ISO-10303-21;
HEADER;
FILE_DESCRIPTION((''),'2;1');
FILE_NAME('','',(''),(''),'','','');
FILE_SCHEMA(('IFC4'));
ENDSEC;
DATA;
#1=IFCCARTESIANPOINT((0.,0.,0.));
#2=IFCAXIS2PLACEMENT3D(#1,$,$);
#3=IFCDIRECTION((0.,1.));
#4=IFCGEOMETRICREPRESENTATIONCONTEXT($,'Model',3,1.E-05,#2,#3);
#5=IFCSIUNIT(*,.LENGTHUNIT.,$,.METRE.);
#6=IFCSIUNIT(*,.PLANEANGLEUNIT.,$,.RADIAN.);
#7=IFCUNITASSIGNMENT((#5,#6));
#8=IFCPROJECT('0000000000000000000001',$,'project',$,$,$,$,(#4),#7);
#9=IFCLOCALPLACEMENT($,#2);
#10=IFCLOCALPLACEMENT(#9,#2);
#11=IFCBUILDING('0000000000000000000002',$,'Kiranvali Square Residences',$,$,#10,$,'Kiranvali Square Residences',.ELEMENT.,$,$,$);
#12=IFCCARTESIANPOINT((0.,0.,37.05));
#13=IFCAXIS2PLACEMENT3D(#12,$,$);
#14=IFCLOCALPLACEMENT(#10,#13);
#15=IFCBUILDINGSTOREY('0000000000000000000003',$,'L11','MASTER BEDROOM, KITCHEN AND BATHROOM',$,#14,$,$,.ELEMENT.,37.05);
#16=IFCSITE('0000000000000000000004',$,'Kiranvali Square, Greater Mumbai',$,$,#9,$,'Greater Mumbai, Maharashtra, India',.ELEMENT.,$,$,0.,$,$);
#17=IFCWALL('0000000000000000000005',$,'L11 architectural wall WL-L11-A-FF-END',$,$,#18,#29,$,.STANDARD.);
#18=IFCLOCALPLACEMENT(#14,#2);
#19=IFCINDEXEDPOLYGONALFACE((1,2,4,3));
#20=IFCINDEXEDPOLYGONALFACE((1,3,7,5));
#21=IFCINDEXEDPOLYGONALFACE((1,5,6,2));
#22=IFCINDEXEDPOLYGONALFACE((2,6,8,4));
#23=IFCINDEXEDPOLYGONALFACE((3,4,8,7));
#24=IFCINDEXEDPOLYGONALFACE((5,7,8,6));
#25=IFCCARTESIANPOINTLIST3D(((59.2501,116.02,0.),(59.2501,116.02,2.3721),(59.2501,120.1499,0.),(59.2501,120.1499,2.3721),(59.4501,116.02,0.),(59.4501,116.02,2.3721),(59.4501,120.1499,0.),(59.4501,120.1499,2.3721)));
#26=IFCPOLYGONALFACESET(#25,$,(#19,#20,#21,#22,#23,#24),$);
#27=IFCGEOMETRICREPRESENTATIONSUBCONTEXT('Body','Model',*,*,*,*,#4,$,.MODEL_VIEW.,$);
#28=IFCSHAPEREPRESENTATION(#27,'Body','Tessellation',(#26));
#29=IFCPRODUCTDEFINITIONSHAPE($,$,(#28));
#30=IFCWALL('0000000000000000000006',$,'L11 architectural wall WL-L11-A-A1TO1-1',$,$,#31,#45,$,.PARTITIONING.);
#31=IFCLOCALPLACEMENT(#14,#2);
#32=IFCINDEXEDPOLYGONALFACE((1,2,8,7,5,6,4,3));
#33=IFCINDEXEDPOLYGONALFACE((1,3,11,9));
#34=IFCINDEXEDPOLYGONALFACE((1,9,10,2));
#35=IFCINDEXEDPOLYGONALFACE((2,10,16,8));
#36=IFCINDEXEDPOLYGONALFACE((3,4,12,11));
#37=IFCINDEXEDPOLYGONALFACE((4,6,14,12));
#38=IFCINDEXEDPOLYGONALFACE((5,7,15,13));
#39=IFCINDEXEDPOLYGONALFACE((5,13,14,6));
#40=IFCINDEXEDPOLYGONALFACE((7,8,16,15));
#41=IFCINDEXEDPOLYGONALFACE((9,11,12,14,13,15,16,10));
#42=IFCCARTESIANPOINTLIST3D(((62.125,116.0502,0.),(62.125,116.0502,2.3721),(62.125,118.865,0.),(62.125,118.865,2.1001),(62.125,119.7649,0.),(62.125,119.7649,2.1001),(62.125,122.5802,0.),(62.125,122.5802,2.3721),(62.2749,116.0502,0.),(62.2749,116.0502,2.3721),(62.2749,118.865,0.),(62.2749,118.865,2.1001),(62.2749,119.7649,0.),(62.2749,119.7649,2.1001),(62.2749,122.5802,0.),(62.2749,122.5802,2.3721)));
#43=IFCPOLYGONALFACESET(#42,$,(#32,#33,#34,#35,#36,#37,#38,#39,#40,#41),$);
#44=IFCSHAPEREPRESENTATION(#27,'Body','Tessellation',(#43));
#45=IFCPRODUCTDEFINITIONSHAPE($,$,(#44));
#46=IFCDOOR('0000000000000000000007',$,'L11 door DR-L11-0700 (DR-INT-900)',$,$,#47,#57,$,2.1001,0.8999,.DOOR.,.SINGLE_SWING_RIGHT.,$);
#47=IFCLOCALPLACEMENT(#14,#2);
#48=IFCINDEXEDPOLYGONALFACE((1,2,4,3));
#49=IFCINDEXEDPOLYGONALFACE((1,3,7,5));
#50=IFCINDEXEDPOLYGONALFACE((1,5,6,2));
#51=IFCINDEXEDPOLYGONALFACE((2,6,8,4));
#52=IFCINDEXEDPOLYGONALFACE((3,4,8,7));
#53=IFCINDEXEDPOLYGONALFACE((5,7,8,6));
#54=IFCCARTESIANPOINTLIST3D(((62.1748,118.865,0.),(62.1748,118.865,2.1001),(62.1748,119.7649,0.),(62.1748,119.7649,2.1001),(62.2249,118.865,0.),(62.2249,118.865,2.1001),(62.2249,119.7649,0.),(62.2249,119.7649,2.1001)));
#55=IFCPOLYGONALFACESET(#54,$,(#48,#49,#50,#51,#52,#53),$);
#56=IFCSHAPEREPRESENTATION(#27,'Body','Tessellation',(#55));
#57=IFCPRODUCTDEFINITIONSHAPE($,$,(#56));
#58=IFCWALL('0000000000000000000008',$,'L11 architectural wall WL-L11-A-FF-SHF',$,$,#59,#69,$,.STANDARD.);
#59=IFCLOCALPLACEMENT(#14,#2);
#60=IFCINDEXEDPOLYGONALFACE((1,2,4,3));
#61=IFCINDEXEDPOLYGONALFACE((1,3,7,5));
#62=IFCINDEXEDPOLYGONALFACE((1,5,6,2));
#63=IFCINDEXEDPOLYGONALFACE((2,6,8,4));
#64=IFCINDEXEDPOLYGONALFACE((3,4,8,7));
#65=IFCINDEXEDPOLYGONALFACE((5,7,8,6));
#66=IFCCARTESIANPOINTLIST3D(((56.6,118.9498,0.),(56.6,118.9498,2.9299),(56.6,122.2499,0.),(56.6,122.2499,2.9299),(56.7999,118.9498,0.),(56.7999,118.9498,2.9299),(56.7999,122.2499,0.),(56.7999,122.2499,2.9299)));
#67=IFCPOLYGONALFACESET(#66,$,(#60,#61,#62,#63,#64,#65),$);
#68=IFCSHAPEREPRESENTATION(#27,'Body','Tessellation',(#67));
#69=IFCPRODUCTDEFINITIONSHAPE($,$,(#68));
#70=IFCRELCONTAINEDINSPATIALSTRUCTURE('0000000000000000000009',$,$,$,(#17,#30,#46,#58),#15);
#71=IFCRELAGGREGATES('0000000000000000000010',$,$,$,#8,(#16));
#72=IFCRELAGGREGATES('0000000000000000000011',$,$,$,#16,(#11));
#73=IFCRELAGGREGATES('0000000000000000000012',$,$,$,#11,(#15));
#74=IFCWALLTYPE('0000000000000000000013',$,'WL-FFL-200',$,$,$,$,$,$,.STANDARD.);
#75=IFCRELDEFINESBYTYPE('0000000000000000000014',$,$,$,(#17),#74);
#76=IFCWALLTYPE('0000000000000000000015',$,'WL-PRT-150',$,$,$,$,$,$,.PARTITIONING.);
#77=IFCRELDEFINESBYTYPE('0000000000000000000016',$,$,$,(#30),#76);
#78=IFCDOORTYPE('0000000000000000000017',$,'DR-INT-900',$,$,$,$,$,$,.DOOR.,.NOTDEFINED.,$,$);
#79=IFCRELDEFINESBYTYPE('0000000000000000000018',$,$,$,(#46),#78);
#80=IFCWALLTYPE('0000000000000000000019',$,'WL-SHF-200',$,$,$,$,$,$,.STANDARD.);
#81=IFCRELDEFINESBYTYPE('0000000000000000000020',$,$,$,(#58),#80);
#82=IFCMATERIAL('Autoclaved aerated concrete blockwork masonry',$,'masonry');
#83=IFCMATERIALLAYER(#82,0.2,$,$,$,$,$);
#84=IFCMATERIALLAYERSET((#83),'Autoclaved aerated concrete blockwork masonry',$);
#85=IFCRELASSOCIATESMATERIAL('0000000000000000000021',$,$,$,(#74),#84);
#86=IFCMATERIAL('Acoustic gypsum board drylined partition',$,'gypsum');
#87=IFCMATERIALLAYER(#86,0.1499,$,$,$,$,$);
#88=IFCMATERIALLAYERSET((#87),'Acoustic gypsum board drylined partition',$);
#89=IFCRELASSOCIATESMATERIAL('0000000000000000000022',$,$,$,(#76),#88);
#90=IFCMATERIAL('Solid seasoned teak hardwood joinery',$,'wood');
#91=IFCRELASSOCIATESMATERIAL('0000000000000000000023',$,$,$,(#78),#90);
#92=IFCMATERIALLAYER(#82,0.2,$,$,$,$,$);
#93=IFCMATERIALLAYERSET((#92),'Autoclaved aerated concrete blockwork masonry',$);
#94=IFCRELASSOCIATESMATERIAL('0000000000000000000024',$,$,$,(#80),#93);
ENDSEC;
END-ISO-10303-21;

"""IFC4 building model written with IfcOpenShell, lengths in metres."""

from ifc_helpers import new_model, si_unit, direction, frame, frame_2d, origin, place, context, subcontext, project, spatial, rectangle, extrude, material, layer, layer_set, type_object, element, fill, save


model = new_model("IFC4")

# Units and contexts
model_context = context("Model", 3, precision=1e-05, world=origin(), true_north=direction((0.0, 1.0)))
body_context = subcontext(model_context, "Body", "Model", "MODEL_VIEW")
ifc_project = project(units=[si_unit("LENGTHUNIT", "METRE"), si_unit("PLANEANGLEUNIT", "RADIAN")], contexts=[model_context])

# Site, building, storey
site_placement = place(None, origin())
site = spatial("IfcSite", under=ifc_project, at=site_placement, Name="Kiranvali Square, Greater Mumbai", LongName="Greater Mumbai, Maharashtra, India", CompositionType="ELEMENT", RefElevation=0.0)
building_placement = place(site_placement, origin())
building = spatial("IfcBuilding", under=site, at=building_placement, Name="Kiranvali Square Residences", LongName="Kiranvali Square Residences", CompositionType="ELEMENT")
storey_placement = place(building_placement, frame((0.0, 0.0, 37.05)))
storey = spatial("IfcBuildingStorey", under=building, at=storey_placement, Name="L11", Description="MASTER BEDROOM, KITCHEN AND BATHROOM", CompositionType="ELEMENT", Elevation=37.05)

# Shared definitions
ifc_material_1 = material(Name="Autoclaved aerated concrete blockwork masonry", Category="masonry")

# Wall
ifc_layer_1 = layer(ifc_material_1, 0.2)
ifc_layer_set_1 = layer_set([ifc_layer_1], Name="Autoclaved aerated concrete blockwork masonry")
wall_type_1 = type_object("IfcWallType", Name="WL-FFL-200", PredefinedType="STANDARD", material=ifc_layer_set_1)
wall_1_placement = place(storey_placement, frame((59.3501, 116.02, 0.0), z_axis=(0.0, 0.0, 1.0), x_axis=(0.0, 1.0, 0.0)))
element("IfcWall", 1, at=wall_1_placement, inside=storey, type_object=wall_type_1, Name="L11 architectural wall WL-L11-A-FF-END", PredefinedType="STANDARD", context=body_context, shape_type="SweptSolid", body=[
    extrude(rectangle(XDim=4.1299, YDim=0.2, at=frame_2d((2.0649, 0.0))), origin(), (0.0, 0.0, 1.0), 2.3721),
])

# Wall, opening, door
ifc_material_2 = material(Name="Acoustic gypsum board drylined partition", Category="gypsum")
ifc_layer_2 = layer(ifc_material_2, 0.1499)
ifc_layer_set_2 = layer_set([ifc_layer_2], Name="Acoustic gypsum board drylined partition")
wall_type_2 = type_object("IfcWallType", Name="WL-PRT-150", PredefinedType="PARTITIONING", material=ifc_layer_set_2)
wall_2_placement = place(storey_placement, frame((62.2, 116.05, 0.0), z_axis=(0.0, 0.0, 1.0), x_axis=(0.0, 1.0, 0.0)))
wall_2 = element("IfcWall", 2, at=wall_2_placement, inside=storey, type_object=wall_type_2, Name="L11 architectural wall WL-L11-A-A1TO1-1", PredefinedType="PARTITIONING", context=body_context, shape_type="SweptSolid", body=[
    extrude(rectangle(XDim=6.53, YDim=0.1499, at=frame_2d((3.2651, 0.0))), origin(), (0.0, 0.0, 1.0), 2.3721),
])
opening_1_placement = place(wall_2_placement, frame((2.8149, 0.0, 0.0)))
opening_1 = element("IfcOpeningElement", 3, at=opening_1_placement, cuts=wall_2, PredefinedType="OPENING", context=body_context, shape_type="SweptSolid", body=[
    extrude(rectangle(XDim=0.8999, YDim=2.1001, at=frame_2d((0.45, 1.05))), frame((0.0, 0.085, 0.0), z_axis=(0.0, -1.0, 0.0), x_axis=(1.0, 0.0, 0.0)), (0.0, 0.0, 1.0), 0.1699),
])
ifc_material_3 = material(Name="Solid seasoned teak hardwood joinery", Category="wood")
door_type_1 = type_object("IfcDoorType", Name="DR-INT-900", OperationType="NOTDEFINED", PredefinedType="DOOR", material=ifc_material_3)
door_1_placement = place(opening_1_placement, frame((0.8999, 0.0, 0.0), z_axis=(0.0, 0.0, 1.0), x_axis=(-1.0, 0.0, 0.0)))
door_1 = element("IfcDoor", 4, at=door_1_placement, inside=storey, type_object=door_type_1, Name="L11 door DR-L11-0700 (DR-INT-900)", OperationType="SINGLE_SWING_RIGHT", OverallHeight=2.1001, OverallWidth=0.8999, PredefinedType="DOOR", context=body_context, shape_type="SweptSolid", body=[
    extrude(rectangle(XDim=0.8999, YDim=2.1001, at=frame_2d((0.45, 1.05))), frame((0.0, 0.0249, 0.0), z_axis=(0.0, -1.0, 0.0), x_axis=(1.0, 0.0, 0.0)), (0.0, 0.0, 1.0), 0.05),
])
fill(opening_1, door_1)

# Wall
ifc_layer_3 = layer(ifc_material_1, 0.2)
ifc_layer_set_3 = layer_set([ifc_layer_3], Name="Autoclaved aerated concrete blockwork masonry")
wall_type_3 = type_object("IfcWallType", Name="WL-SHF-200", PredefinedType="STANDARD", material=ifc_layer_set_3)
wall_3_placement = place(storey_placement, frame((56.7, 118.95, 0.0), z_axis=(0.0, 0.0, 1.0), x_axis=(0.0, 1.0, 0.0)))
element("IfcWall", 5, at=wall_3_placement, inside=storey, type_object=wall_type_3, Name="L11 architectural wall WL-L11-A-FF-SHF", PredefinedType="STANDARD", context=body_context, shape_type="SweptSolid", body=[
    extrude(rectangle(XDim=3.3, YDim=0.2, at=frame_2d((1.6499, 0.0))), origin(), (0.0, 0.0, 1.0), 2.9299),
])

save(model, "model.ifc")
